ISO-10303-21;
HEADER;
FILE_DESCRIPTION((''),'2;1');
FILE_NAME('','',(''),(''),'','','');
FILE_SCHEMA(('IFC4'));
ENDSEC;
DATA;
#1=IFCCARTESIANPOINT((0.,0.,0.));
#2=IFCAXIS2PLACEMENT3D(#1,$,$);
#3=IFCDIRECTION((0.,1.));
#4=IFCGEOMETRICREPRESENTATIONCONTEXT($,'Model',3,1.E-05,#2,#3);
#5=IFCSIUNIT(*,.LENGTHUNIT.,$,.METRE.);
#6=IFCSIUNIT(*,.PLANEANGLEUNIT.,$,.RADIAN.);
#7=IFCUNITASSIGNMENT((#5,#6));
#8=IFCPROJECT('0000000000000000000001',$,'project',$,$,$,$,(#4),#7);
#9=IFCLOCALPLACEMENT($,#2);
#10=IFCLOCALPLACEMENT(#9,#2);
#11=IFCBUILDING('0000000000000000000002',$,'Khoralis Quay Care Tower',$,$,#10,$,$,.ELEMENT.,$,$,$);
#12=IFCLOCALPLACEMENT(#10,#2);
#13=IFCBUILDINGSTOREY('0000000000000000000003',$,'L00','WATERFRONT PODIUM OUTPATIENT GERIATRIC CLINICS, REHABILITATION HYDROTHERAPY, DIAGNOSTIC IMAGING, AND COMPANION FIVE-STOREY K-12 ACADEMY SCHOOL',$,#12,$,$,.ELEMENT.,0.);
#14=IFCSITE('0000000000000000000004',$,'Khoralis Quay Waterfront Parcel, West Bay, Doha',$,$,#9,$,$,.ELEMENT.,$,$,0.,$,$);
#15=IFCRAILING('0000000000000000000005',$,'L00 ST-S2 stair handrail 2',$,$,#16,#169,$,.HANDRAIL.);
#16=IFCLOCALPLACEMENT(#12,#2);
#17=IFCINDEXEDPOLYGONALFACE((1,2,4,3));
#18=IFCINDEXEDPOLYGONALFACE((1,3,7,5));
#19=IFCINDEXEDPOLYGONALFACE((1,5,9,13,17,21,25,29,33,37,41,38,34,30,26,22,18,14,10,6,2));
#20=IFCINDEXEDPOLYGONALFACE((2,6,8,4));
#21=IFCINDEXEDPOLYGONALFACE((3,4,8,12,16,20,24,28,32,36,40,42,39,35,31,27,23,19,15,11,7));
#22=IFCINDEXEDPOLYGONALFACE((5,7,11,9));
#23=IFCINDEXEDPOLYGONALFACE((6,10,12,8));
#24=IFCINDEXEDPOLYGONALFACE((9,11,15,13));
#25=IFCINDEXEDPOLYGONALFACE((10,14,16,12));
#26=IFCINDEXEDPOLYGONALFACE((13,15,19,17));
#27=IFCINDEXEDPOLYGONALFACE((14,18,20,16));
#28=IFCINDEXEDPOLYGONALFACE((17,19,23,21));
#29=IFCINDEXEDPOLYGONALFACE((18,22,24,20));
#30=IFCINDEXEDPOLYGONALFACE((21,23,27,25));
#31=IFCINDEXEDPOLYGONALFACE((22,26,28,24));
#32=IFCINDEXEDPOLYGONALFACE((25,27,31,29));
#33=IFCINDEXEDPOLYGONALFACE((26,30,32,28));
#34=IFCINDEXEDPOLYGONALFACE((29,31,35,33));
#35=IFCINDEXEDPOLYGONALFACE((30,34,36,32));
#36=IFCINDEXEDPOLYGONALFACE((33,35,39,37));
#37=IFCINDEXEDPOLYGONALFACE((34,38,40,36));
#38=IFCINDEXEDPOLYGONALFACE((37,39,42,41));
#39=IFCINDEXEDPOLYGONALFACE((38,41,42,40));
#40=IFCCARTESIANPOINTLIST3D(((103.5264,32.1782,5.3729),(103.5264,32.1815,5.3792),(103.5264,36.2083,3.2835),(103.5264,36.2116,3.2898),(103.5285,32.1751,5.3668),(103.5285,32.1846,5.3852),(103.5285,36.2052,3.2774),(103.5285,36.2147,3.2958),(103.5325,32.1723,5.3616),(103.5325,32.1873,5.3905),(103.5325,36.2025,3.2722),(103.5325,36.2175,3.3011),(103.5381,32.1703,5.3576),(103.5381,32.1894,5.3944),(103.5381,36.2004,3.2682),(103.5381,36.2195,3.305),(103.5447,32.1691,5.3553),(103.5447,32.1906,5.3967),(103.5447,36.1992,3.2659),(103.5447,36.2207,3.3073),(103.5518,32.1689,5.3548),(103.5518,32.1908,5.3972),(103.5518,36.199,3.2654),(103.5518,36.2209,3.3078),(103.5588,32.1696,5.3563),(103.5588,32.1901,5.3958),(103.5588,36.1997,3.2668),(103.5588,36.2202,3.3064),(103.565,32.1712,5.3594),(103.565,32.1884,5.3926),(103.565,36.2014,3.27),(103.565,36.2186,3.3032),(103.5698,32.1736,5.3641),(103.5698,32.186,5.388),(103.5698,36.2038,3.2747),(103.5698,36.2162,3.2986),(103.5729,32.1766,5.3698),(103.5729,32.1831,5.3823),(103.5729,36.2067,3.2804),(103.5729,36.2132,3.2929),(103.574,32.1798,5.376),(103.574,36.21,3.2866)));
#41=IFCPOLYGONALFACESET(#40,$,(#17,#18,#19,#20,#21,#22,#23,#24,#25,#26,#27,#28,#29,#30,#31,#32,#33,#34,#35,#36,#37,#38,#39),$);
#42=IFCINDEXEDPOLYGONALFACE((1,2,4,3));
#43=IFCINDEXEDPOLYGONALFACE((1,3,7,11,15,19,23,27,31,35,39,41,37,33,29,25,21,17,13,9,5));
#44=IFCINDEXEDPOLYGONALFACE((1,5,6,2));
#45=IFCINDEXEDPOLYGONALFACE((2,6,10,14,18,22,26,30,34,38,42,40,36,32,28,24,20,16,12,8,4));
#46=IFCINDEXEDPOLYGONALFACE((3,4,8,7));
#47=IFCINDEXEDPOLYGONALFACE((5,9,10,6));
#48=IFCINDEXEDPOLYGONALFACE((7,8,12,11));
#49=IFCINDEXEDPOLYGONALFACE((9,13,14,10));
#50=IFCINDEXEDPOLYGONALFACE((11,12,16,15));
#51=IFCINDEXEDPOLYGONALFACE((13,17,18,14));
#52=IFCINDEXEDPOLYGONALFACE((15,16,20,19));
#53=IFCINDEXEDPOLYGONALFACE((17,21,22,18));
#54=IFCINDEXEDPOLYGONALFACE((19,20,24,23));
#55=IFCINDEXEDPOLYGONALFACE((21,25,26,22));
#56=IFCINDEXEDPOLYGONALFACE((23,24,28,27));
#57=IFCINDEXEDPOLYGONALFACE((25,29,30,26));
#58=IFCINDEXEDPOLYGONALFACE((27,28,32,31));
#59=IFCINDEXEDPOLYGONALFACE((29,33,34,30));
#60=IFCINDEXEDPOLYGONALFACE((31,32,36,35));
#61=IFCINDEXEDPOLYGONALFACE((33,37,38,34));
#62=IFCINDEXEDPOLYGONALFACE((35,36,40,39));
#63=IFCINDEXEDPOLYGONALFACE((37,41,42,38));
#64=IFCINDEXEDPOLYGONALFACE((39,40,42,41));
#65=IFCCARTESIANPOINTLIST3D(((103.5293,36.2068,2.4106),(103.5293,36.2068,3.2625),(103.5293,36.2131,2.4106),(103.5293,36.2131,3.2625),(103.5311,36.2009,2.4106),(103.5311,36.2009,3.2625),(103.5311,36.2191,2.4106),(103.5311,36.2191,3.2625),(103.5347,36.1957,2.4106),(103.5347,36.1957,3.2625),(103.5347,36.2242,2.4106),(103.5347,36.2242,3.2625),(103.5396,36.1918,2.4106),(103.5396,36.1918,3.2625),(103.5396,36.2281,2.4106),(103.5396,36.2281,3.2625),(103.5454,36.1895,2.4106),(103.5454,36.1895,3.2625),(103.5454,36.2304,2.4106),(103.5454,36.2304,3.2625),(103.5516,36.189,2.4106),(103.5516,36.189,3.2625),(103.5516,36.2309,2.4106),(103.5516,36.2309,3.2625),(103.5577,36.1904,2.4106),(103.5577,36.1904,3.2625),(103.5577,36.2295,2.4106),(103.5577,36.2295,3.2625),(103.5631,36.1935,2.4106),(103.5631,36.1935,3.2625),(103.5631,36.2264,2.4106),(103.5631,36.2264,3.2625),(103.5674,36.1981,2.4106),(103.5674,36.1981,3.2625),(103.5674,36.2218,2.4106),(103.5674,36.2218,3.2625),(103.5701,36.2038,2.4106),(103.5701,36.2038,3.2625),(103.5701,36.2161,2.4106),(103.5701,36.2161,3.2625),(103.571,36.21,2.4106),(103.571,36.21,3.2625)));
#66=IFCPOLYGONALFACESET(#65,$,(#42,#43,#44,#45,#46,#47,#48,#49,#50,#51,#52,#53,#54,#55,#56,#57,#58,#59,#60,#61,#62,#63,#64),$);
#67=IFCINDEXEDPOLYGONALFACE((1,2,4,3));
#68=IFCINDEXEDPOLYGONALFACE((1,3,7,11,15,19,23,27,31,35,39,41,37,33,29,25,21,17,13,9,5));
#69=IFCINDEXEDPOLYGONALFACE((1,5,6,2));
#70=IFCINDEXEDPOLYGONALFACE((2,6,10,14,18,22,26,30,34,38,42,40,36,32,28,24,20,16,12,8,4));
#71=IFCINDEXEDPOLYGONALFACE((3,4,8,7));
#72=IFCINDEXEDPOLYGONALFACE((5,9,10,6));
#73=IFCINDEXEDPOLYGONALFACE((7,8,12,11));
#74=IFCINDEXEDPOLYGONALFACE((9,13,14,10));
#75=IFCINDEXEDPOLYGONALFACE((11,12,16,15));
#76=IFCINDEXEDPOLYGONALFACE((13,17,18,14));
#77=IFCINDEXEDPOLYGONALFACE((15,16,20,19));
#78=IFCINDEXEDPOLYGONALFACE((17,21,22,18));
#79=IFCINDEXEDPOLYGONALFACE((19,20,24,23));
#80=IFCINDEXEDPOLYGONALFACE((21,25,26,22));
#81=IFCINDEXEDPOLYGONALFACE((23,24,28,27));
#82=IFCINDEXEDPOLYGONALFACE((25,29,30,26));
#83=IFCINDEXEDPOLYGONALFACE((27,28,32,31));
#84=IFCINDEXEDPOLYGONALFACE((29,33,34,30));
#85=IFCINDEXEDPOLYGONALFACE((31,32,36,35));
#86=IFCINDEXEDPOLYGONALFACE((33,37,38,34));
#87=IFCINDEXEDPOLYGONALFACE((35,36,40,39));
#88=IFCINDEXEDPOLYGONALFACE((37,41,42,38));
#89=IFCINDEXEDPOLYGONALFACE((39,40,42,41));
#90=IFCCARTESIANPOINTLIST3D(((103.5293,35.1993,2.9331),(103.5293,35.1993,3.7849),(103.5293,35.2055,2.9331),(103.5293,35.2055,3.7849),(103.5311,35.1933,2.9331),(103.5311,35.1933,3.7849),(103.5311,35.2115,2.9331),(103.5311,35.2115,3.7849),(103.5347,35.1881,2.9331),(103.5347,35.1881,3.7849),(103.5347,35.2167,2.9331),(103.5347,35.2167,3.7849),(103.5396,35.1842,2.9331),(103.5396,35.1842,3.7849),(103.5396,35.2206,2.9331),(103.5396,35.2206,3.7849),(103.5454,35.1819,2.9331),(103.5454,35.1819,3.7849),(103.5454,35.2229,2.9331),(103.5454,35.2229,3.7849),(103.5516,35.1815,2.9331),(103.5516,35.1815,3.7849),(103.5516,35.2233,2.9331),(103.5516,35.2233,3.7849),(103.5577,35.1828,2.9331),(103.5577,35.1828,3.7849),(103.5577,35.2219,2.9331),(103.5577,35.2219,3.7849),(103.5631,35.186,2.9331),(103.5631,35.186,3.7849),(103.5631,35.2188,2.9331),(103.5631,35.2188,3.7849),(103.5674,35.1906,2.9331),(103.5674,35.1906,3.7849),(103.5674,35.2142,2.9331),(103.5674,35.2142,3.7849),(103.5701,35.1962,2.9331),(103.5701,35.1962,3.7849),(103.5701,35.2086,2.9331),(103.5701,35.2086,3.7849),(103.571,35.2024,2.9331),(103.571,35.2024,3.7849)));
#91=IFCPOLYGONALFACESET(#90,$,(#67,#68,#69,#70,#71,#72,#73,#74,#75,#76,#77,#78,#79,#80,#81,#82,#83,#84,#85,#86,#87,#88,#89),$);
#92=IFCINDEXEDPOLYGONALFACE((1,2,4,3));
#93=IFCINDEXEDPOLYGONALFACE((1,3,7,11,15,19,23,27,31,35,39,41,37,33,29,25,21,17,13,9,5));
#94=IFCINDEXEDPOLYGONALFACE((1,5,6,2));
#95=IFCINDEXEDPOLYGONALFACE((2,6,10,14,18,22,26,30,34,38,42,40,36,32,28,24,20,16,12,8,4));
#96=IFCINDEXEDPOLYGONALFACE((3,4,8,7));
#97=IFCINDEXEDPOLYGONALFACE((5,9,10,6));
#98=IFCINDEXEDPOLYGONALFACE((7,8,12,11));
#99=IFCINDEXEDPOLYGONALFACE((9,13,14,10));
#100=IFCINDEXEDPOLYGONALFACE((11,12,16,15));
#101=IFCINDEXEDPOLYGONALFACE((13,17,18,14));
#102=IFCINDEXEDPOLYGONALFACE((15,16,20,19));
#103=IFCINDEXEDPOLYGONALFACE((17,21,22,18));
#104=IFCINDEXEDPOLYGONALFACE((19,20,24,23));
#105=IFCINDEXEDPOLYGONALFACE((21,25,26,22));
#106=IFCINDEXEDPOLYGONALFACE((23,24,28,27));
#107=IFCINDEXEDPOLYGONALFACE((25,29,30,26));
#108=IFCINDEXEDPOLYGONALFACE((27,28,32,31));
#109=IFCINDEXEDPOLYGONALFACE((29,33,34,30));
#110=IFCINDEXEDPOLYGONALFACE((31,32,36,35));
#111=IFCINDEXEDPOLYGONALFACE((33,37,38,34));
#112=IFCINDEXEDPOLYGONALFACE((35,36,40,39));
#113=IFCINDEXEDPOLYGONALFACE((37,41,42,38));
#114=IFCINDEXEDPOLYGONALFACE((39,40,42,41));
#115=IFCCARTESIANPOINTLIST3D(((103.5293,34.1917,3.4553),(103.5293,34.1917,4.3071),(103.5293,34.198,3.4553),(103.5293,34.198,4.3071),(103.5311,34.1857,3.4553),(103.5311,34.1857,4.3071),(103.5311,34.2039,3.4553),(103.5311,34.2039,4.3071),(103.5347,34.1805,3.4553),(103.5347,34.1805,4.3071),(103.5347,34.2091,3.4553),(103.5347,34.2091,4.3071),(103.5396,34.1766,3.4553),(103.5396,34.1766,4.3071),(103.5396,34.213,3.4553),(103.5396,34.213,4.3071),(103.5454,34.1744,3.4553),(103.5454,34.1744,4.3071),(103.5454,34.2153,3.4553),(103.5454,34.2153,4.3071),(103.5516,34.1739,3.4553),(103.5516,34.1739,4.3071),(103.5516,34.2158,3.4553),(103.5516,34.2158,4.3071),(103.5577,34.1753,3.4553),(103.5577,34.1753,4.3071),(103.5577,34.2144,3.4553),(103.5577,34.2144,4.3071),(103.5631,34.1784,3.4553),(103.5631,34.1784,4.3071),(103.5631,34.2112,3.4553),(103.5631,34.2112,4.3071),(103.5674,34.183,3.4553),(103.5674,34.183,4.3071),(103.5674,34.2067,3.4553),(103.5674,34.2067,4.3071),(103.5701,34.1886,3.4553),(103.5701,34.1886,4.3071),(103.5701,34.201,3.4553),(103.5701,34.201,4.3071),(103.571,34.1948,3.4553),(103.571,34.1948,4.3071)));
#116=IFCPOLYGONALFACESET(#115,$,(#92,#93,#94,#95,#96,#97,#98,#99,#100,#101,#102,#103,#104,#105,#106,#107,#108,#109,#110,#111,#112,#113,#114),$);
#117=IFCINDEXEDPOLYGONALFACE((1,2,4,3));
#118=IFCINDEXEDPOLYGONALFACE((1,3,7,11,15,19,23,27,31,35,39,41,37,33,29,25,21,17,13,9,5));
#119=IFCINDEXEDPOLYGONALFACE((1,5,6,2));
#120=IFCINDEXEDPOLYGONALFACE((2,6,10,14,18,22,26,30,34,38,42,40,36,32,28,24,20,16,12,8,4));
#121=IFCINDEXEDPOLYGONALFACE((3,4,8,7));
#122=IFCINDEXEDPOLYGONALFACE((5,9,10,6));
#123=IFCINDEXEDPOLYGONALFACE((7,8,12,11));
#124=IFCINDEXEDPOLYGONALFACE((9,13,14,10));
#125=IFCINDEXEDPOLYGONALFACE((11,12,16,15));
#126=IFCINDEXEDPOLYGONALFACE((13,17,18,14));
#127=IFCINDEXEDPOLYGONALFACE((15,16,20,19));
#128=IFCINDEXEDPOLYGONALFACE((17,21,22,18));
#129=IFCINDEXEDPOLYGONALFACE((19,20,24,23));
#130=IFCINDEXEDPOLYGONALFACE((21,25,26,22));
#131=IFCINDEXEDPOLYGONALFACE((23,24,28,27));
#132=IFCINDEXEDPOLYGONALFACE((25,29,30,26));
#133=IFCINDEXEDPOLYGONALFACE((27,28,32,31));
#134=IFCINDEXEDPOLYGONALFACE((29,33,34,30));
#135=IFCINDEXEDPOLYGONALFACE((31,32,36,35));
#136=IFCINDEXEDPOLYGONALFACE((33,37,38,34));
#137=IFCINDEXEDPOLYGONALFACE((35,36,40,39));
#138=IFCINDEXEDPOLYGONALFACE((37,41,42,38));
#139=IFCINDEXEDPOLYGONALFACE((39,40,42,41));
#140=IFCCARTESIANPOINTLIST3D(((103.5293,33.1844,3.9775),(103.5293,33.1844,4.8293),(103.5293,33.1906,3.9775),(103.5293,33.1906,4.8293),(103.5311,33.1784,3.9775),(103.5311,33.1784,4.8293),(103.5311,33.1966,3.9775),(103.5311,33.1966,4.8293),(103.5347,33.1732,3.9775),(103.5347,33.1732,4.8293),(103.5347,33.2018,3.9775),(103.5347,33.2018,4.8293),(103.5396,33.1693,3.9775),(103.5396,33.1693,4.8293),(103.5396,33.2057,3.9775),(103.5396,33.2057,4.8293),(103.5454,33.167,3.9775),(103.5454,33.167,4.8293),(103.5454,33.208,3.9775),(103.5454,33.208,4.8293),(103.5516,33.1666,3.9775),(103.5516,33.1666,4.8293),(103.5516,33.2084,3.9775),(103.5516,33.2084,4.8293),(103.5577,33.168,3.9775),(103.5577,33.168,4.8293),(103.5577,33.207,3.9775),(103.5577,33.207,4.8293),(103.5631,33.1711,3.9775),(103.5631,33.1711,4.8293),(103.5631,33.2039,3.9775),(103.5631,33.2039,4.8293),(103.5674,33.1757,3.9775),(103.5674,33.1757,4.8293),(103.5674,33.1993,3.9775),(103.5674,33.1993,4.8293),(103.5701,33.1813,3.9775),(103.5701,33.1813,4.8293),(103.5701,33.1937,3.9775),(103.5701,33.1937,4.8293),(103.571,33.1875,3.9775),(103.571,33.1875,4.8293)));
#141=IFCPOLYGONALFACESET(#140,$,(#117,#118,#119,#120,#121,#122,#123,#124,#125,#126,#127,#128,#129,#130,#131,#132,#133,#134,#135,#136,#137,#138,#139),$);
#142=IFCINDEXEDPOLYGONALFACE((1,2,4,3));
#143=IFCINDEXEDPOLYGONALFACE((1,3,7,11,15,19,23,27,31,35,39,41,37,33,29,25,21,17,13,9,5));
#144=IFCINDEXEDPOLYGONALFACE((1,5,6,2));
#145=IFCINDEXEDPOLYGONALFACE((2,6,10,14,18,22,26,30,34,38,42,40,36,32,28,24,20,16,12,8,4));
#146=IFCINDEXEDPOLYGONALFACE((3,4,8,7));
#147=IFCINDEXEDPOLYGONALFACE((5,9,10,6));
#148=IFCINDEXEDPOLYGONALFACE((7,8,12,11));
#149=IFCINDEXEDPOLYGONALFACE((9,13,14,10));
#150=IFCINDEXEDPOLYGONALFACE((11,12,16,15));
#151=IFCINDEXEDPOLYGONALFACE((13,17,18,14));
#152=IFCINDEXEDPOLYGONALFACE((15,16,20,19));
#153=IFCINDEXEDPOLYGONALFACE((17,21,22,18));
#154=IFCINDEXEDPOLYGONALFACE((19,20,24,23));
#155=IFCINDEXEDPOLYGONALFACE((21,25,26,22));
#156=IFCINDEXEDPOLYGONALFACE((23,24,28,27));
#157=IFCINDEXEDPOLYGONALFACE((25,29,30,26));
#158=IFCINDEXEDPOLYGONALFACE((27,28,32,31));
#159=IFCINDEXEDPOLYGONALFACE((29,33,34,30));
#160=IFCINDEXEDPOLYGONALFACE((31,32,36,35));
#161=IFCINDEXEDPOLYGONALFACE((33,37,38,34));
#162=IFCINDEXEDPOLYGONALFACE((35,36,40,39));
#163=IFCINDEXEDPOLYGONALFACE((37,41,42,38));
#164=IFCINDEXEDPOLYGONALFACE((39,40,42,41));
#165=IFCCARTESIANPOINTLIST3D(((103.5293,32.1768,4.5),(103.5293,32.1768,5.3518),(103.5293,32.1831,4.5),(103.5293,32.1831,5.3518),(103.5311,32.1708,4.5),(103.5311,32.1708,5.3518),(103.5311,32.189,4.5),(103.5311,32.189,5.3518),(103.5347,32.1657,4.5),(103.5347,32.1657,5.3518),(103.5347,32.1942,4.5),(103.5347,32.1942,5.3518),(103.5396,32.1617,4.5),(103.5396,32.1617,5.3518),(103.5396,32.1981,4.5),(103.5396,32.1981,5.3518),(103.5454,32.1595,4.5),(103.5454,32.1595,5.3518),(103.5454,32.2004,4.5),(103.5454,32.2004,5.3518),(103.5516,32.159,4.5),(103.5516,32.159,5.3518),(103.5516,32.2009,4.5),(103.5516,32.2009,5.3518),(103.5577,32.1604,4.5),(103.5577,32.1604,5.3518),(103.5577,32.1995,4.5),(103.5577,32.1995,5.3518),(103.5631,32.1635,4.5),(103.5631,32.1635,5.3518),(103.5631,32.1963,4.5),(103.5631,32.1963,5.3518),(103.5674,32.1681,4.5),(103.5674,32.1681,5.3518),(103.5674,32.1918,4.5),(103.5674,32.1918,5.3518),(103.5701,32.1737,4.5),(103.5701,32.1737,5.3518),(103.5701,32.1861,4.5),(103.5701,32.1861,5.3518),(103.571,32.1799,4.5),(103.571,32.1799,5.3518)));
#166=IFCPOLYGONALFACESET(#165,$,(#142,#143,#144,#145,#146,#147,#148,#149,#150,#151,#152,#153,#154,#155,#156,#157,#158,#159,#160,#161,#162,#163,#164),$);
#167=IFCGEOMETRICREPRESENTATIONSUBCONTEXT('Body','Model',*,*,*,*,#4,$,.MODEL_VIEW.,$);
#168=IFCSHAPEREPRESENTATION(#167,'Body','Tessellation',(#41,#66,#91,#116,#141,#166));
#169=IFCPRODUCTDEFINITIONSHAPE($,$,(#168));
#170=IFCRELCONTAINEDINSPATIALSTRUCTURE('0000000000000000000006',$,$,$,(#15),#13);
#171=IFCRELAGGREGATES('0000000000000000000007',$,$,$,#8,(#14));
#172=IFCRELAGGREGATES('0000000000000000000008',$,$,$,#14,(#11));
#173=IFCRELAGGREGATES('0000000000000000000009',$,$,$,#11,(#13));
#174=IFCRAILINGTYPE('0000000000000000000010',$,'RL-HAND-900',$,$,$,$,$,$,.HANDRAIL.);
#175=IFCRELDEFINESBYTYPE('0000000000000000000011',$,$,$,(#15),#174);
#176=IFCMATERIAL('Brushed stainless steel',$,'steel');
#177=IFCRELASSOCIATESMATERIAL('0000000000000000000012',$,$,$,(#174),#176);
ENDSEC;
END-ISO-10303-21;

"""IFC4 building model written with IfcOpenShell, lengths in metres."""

from ifc_helpers import new_model, si_unit, direction, frame, origin, origin_2d, place, context, subcontext, project, spatial, circle, extrude, material, type_object, element, save


model = new_model("IFC4")

# Units and contexts
model_context = context("Model", 3, precision=1e-05, world=origin(), true_north=direction((0.0, 1.0)))
body_context = subcontext(model_context, "Body", "Model", "MODEL_VIEW")
ifc_project = project(units=[si_unit("LENGTHUNIT", "METRE"), si_unit("PLANEANGLEUNIT", "RADIAN")], contexts=[model_context])

# Site, building, storey
site_placement = place(None, origin())
site = spatial("IfcSite", under=ifc_project, at=site_placement, Name="Khoralis Quay Waterfront Parcel, West Bay, Doha", CompositionType="ELEMENT", RefElevation=0.0)
building_placement = place(site_placement, origin())
building = spatial("IfcBuilding", under=site, at=building_placement, Name="Khoralis Quay Care Tower", CompositionType="ELEMENT")
storey_placement = place(building_placement, origin())
storey = spatial("IfcBuildingStorey", under=building, at=storey_placement, Name="L00", Description="WATERFRONT PODIUM OUTPATIENT GERIATRIC CLINICS, REHABILITATION HYDROTHERAPY, DIAGNOSTIC IMAGING, AND COMPANION FIVE-STOREY K-12 ACADEMY SCHOOL", CompositionType="ELEMENT", Elevation=0.0)

# Railing
ifc_material_1 = material(Name="Brushed stainless steel", Category="steel")
railing_type_1 = type_object("IfcRailingType", Name="RL-HAND-900", PredefinedType="HANDRAIL", material=ifc_material_1)
railing_1_placement = place(storey_placement, frame((103.55, 36.21, 2.4106)))
element("IfcRailing", 1, at=railing_1_placement, inside=storey, type_object=railing_type_1, Name="L00 ST-S2 stair handrail 2", PredefinedType="HANDRAIL", context=body_context, shape_type="SweptSolid", body=[
    extrude(circle(Radius=0.0239, at=origin_2d()), frame((0.0, 0.0, 0.876), z_axis=(0.0, -0.887781, 0.460267), x_axis=(1.0, 0.0, 0.0)), (0.0, 0.0, 1.0), 4.5396),
    extrude(circle(Radius=0.021, at=origin_2d()), origin(), (0.0, 0.0, 1.0), 0.8518),
    extrude(circle(Radius=0.021, at=origin_2d()), frame((0.0, -1.0076, 0.5225)), (0.0, 0.0, 1.0), 0.8518),
    extrude(circle(Radius=0.021, at=origin_2d()), frame((0.0, -2.0151, 1.0447)), (0.0, 0.0, 1.0), 0.8518),
    extrude(circle(Radius=0.021, at=origin_2d()), frame((0.0, -3.0225, 1.5669)), (0.0, 0.0, 1.0), 0.8518),
    extrude(circle(Radius=0.021, at=origin_2d()), frame((0.0, -4.03, 2.0894)), (0.0, 0.0, 1.0), 0.8518),
])

save(model, "model.ifc")
